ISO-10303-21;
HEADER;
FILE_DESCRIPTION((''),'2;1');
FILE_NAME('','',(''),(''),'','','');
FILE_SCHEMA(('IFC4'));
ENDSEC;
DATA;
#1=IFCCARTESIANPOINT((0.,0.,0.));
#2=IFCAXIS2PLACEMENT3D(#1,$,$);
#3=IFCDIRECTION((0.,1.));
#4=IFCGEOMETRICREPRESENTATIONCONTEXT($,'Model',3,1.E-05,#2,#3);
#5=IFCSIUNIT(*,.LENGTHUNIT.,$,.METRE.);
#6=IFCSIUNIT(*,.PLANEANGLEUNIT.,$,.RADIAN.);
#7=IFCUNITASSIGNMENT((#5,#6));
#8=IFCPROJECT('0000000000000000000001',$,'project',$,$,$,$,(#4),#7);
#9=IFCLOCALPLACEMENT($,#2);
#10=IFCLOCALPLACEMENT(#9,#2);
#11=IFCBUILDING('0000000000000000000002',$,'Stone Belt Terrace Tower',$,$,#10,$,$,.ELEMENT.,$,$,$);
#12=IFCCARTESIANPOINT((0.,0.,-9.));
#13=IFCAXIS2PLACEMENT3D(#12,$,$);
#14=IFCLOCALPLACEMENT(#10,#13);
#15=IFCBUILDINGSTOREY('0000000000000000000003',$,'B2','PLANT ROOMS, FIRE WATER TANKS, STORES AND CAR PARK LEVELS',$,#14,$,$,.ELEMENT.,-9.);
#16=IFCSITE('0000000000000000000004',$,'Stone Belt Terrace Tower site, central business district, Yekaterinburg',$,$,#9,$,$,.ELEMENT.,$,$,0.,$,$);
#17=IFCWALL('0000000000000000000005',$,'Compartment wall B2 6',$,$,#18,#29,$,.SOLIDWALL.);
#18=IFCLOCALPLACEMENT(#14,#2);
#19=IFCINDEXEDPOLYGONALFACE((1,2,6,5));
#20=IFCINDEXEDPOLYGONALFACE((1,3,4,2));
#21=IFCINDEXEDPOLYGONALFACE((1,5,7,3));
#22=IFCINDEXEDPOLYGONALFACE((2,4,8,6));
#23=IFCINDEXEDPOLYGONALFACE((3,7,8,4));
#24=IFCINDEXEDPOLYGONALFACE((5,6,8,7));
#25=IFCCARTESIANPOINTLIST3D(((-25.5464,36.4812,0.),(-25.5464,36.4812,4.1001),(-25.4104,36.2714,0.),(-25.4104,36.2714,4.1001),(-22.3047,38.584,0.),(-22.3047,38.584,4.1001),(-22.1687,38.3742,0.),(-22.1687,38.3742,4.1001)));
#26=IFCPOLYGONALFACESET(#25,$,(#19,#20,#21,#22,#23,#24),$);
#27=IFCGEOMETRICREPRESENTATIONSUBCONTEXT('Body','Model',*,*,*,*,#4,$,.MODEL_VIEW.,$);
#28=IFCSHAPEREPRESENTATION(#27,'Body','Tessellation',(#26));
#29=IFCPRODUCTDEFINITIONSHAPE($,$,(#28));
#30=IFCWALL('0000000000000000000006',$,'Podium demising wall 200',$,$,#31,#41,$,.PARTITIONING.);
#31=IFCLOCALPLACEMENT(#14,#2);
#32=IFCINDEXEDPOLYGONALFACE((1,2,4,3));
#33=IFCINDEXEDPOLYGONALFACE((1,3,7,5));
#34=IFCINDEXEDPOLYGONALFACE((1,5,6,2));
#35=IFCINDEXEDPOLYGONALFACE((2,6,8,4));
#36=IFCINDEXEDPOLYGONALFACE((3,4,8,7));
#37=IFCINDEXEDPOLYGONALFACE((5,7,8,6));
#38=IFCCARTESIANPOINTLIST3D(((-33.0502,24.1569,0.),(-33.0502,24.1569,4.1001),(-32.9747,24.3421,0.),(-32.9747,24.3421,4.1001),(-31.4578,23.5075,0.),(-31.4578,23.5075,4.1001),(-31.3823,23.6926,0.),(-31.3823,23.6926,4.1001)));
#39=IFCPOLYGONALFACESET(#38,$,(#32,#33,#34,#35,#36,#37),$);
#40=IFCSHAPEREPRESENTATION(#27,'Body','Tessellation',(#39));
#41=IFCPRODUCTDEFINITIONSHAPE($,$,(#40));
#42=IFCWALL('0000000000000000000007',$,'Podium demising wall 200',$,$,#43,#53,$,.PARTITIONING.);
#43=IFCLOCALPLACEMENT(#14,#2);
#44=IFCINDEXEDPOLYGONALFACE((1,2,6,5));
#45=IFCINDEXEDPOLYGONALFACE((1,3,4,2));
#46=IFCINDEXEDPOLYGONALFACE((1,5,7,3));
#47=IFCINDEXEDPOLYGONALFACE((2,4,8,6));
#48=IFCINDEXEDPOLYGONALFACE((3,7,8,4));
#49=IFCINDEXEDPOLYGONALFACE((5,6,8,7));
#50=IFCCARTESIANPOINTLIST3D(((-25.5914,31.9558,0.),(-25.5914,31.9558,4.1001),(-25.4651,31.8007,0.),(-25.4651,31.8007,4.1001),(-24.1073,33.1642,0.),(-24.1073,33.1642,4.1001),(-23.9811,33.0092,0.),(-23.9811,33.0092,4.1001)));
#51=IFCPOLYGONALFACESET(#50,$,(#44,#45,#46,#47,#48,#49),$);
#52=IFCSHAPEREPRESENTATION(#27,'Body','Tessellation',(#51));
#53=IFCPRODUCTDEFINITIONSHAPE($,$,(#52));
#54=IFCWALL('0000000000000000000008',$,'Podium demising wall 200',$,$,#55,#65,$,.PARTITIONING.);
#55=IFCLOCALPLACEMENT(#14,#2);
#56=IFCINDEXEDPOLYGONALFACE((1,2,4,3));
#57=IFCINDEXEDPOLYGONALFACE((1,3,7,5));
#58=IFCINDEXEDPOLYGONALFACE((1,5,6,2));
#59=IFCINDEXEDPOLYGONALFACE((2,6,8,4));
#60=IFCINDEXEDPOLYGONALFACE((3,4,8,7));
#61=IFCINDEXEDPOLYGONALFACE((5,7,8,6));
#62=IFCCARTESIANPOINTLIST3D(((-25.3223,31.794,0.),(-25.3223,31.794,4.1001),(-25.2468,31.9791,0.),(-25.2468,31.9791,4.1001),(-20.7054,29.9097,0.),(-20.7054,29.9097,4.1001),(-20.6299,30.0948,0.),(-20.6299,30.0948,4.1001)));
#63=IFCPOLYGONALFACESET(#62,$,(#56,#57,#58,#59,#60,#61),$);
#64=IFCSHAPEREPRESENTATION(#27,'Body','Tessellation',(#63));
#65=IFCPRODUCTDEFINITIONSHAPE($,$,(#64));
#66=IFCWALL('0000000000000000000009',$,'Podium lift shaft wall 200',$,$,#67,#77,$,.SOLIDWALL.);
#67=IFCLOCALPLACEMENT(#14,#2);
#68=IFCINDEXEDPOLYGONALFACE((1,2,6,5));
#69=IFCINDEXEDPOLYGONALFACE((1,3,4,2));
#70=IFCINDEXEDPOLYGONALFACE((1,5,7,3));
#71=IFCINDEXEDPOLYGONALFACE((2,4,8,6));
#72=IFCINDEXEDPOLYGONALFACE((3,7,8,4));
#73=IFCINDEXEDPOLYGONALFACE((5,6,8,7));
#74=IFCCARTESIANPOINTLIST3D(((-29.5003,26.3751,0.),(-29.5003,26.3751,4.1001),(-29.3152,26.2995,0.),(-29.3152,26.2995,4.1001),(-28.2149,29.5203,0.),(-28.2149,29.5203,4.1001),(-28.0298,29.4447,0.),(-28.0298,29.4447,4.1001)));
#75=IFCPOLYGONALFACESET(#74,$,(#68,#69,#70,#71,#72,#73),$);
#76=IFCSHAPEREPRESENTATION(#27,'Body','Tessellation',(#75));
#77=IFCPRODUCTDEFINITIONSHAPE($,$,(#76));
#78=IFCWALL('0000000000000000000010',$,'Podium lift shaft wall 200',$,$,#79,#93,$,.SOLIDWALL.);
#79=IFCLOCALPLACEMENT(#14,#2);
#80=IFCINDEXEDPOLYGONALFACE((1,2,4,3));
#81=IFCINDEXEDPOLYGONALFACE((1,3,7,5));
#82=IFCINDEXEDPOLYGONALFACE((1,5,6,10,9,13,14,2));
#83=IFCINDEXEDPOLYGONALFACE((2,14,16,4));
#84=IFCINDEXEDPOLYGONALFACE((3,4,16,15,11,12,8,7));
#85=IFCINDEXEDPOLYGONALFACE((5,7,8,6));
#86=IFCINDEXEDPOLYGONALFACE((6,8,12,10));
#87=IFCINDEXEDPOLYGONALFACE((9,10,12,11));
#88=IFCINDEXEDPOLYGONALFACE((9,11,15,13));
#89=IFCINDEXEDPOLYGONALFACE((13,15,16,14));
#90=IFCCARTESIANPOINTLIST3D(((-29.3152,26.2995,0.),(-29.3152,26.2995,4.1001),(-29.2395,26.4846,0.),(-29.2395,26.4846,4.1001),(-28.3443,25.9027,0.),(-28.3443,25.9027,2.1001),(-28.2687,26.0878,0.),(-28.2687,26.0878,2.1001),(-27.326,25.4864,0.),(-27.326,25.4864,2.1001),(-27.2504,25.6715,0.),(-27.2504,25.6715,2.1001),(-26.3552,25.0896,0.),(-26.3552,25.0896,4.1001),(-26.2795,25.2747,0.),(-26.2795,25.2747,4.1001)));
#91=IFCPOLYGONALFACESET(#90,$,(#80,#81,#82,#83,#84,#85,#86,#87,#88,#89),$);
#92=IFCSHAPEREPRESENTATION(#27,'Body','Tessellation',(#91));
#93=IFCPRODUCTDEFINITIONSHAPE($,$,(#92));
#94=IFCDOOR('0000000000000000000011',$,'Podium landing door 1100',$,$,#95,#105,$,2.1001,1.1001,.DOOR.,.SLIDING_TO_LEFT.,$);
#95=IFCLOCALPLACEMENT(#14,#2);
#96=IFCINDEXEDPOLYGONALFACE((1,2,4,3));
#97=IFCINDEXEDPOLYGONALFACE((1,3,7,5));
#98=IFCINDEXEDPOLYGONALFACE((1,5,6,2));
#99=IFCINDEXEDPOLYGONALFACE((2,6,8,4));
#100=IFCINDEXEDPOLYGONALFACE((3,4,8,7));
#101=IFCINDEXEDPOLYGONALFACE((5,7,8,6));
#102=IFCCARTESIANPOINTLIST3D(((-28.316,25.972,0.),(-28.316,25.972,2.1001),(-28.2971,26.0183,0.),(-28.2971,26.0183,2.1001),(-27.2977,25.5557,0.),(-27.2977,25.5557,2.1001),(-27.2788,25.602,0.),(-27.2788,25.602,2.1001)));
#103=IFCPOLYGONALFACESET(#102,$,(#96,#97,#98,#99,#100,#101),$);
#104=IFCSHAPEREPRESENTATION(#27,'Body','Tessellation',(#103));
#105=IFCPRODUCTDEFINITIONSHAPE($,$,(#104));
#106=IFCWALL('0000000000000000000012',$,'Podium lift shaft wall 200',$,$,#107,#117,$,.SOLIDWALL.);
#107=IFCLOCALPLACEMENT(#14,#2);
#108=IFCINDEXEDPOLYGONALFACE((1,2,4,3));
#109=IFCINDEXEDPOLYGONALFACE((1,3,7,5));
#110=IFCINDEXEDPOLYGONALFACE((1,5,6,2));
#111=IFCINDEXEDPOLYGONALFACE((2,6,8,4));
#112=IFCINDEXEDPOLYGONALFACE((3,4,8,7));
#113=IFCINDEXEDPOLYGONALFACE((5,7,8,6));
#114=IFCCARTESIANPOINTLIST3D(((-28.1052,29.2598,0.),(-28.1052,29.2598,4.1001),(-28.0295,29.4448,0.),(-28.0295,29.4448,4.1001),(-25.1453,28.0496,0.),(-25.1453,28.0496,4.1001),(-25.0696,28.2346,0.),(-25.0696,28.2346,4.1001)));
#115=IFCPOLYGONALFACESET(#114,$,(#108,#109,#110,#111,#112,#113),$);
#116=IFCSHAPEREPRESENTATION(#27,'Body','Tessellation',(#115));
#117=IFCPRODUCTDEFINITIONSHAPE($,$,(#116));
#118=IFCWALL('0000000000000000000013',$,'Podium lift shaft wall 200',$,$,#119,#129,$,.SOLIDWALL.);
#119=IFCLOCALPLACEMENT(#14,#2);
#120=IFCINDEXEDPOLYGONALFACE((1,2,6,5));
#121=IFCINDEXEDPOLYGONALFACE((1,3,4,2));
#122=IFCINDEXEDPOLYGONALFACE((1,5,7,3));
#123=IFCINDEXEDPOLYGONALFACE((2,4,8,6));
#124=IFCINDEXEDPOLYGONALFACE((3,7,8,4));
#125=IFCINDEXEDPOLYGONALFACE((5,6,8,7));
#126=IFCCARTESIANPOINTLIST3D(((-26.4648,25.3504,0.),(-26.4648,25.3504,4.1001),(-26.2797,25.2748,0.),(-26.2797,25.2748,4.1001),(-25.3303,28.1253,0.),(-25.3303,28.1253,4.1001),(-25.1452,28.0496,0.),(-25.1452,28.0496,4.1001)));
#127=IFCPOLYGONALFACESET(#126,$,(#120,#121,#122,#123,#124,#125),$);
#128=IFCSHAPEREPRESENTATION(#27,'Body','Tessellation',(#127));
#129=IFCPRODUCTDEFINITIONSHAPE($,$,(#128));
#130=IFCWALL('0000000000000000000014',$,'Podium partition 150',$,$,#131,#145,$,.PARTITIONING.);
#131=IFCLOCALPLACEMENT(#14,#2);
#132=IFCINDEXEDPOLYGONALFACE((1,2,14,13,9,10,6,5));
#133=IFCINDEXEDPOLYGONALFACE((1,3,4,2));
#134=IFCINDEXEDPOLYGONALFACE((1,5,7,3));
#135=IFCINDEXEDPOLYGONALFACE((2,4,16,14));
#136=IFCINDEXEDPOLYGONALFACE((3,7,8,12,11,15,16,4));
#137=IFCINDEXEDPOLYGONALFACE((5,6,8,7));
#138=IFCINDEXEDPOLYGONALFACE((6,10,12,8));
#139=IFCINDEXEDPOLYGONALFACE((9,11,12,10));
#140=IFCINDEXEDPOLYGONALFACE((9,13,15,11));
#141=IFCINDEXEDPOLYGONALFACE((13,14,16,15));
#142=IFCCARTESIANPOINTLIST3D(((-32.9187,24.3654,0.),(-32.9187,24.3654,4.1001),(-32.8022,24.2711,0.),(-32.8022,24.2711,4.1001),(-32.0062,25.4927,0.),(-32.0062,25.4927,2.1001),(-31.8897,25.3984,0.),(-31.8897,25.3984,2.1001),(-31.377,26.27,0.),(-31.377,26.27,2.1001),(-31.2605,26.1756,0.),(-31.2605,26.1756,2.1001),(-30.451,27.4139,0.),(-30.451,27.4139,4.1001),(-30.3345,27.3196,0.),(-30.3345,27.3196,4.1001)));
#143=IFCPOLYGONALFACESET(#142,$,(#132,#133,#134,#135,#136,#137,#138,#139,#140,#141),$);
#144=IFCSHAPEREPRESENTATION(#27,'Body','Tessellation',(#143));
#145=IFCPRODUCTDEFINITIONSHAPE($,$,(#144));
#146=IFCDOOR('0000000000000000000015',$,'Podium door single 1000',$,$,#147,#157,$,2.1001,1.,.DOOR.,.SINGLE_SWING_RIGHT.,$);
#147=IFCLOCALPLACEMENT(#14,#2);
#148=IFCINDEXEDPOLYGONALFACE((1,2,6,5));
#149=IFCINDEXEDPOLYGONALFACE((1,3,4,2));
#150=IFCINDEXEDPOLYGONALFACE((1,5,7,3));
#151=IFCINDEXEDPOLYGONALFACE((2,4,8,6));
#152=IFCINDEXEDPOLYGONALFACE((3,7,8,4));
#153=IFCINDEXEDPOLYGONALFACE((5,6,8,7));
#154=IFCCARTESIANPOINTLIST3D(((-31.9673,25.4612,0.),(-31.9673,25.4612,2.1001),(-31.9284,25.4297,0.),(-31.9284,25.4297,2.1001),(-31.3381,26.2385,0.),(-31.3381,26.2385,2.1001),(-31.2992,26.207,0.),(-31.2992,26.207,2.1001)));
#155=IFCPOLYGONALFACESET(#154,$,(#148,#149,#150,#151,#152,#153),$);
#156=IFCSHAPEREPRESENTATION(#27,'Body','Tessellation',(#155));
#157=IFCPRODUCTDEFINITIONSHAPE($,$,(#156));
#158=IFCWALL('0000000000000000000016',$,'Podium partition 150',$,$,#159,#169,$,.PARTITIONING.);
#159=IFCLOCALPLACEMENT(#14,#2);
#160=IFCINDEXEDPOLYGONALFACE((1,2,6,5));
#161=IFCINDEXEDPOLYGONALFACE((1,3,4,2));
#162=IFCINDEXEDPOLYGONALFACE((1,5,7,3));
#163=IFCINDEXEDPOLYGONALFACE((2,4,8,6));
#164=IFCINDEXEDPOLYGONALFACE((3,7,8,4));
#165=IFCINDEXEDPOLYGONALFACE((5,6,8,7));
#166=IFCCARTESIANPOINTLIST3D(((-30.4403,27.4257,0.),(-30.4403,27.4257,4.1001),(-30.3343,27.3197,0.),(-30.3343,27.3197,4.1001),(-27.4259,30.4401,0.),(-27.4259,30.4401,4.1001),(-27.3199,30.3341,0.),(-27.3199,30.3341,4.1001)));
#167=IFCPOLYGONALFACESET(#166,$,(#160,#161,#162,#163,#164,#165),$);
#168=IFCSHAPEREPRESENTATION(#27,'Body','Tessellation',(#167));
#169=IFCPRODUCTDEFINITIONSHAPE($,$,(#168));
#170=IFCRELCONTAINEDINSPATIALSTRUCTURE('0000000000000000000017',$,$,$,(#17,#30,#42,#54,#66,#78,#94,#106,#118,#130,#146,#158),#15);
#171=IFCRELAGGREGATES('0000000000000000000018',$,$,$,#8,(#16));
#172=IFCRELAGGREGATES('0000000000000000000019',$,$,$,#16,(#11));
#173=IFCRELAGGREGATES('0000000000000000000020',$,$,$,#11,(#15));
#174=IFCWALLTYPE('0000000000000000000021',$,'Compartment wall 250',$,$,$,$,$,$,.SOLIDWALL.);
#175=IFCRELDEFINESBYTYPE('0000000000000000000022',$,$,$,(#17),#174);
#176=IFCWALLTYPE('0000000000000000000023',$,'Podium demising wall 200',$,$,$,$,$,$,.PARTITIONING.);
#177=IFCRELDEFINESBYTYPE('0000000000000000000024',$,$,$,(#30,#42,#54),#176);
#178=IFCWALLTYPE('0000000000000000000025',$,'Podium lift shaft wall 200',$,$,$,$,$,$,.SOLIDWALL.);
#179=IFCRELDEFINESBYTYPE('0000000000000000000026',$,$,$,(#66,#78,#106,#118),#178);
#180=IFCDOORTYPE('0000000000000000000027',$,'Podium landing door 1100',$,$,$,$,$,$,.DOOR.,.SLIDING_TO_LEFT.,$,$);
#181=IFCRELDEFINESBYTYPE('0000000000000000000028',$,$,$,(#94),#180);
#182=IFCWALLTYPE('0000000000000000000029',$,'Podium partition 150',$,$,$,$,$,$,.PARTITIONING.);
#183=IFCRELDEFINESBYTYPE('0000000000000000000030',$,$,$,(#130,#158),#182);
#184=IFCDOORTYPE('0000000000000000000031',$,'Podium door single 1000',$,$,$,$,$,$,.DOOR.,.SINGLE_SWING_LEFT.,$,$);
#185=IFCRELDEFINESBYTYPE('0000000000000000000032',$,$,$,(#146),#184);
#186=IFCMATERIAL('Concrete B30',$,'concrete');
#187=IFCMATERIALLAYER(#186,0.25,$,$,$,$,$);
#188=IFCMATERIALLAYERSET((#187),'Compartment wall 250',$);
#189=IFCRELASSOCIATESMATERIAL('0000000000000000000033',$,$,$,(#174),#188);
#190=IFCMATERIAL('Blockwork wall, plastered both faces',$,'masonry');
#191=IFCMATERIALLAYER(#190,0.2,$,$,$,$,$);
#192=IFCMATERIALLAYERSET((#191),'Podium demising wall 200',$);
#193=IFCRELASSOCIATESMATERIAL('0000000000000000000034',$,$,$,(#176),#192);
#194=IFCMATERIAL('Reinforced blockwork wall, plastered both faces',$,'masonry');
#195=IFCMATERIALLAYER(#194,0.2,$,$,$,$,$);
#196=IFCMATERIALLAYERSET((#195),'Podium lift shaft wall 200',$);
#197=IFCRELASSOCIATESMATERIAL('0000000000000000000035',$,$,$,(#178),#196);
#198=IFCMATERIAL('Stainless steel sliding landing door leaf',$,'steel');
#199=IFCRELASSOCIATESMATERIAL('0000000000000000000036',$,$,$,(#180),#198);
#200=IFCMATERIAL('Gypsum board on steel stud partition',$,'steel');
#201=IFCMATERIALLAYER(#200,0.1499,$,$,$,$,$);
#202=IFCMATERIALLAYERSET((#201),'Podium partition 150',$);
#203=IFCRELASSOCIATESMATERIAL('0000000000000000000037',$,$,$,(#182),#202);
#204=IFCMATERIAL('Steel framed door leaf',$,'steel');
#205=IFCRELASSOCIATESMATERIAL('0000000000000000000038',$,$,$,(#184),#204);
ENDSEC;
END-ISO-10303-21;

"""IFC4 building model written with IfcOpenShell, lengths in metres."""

from ifc_helpers import new_model, si_unit, direction, frame, frame_2d, origin, place, context, subcontext, project, spatial, rectangle, extrude, material, layer, layer_set, type_object, element, fill, save


model = new_model("IFC4")

# Units and contexts
model_context = context("Model", 3, precision=1e-05, world=origin(), true_north=direction((0.0, 1.0)))
body_context = subcontext(model_context, "Body", "Model", "MODEL_VIEW")
ifc_project = project(units=[si_unit("LENGTHUNIT", "METRE"), si_unit("PLANEANGLEUNIT", "RADIAN")], contexts=[model_context])

# Site, building, storey
site_placement = place(None, origin())
site = spatial("IfcSite", under=ifc_project, at=site_placement, Name="Stone Belt Terrace Tower site, central business district, Yekaterinburg", CompositionType="ELEMENT", RefElevation=0.0)
building_placement = place(site_placement, origin())
building = spatial("IfcBuilding", under=site, at=building_placement, Name="Stone Belt Terrace Tower", CompositionType="ELEMENT")
storey_placement = place(building_placement, frame((0.0, 0.0, -9.0)))
storey = spatial("IfcBuildingStorey", under=building, at=storey_placement, Name="B2", Description="PLANT ROOMS, FIRE WATER TANKS, STORES AND CAR PARK LEVELS", CompositionType="ELEMENT", Elevation=-9.0)

# Walls
ifc_material_1 = material(Name="Concrete B30", Category="concrete")
ifc_layer_1 = layer(ifc_material_1, 0.25)
ifc_layer_set_1 = layer_set([ifc_layer_1], Name="Compartment wall 250")
wall_type_1 = type_object("IfcWallType", Name="Compartment wall 250", PredefinedType="SOLIDWALL", material=ifc_layer_set_1)
wall_1_placement = place(storey_placement, frame((-25.4785, 36.3762, 0.0), z_axis=(0.0, 0.0, 1.0), x_axis=(0.838954, 0.544202, 0.0)))
element("IfcWall", 1, at=wall_1_placement, inside=storey, type_object=wall_type_1, Name="Compartment wall B2 6", PredefinedType="SOLIDWALL", context=body_context, shape_type="SweptSolid", body=[
    extrude(rectangle(XDim=3.864, YDim=0.25, at=frame_2d((1.9321, 0.0))), origin(), (0.0, 0.0, 1.0), 4.1001),
])
ifc_material_2 = material(Name="Blockwork wall, plastered both faces", Category="masonry")
ifc_layer_2 = layer(ifc_material_2, 0.2)
ifc_layer_set_2 = layer_set([ifc_layer_2], Name="Podium demising wall 200")
wall_type_2 = type_object("IfcWallType", Name="Podium demising wall 200", PredefinedType="PARTITIONING", material=ifc_layer_set_2)
wall_2_placement = place(storey_placement, frame((-33.0125, 24.2495, 0.0), z_axis=(0.0, 0.0, 1.0), x_axis=(0.925949, -0.377649, 0.0)))
element("IfcWall", 2, at=wall_2_placement, inside=storey, type_object=wall_type_2, Name="Podium demising wall 200", PredefinedType="PARTITIONING", context=body_context, shape_type="SweptSolid", body=[
    extrude(rectangle(XDim=1.7197, YDim=0.2, at=frame_2d((0.8599, 0.0))), origin(), (0.0, 0.0, 1.0), 4.1001),
])
wall_3_placement = place(storey_placement, frame((-25.5283, 31.8782, 0.0), z_axis=(0.0, 0.0, 1.0), x_axis=(0.775439, 0.631423, 0.0)))
element("IfcWall", 3, at=wall_3_placement, inside=storey, type_object=wall_type_2, Name="Podium demising wall 200", PredefinedType="PARTITIONING", context=body_context, shape_type="SweptSolid", body=[
    extrude(rectangle(XDim=1.9138, YDim=0.2, at=frame_2d((0.957, 0.0))), origin(), (0.0, 0.0, 1.0), 4.1001),
])
wall_4_placement = place(storey_placement, frame((-25.2844, 31.8865, 0.0), z_axis=(0.0, 0.0, 1.0), x_axis=(0.925861, -0.377864, 0.0)))
element("IfcWall", 4, at=wall_4_placement, inside=storey, type_object=wall_type_2, Name="Podium demising wall 200", PredefinedType="PARTITIONING", context=body_context, shape_type="SweptSolid", body=[
    extrude(rectangle(XDim=4.9866, YDim=0.2, at=frame_2d((2.4932, 0.0))), origin(), (0.0, 0.0, 1.0), 4.1001),
])
ifc_material_3 = material(Name="Reinforced blockwork wall, plastered both faces", Category="masonry")
ifc_layer_3 = layer(ifc_material_3, 0.2)
ifc_layer_set_3 = layer_set([ifc_layer_3], Name="Podium lift shaft wall 200")
wall_type_3 = type_object("IfcWallType", Name="Podium lift shaft wall 200", PredefinedType="SOLIDWALL", material=ifc_layer_set_3)
wall_5_placement = place(storey_placement, frame((-29.4077, 26.3374, 0.0), z_axis=(0.0, 0.0, 1.0), x_axis=(0.378305, 0.925681, 0.0)))
element("IfcWall", 5, at=wall_5_placement, inside=storey, type_object=wall_type_3, Name="Podium lift shaft wall 200", PredefinedType="SOLIDWALL", context=body_context, shape_type="SweptSolid", body=[
    extrude(rectangle(XDim=3.3977, YDim=0.2, at=frame_2d((1.6987, 0.0))), origin(), (0.0, 0.0, 1.0), 4.1001),
])

# Wall, opening, door
wall_6_placement = place(storey_placement, frame((-29.2773, 26.3921, 0.0), z_axis=(0.0, 0.0, 1.0), x_axis=(0.925649, -0.378383, 0.0)))
wall_6 = element("IfcWall", 6, at=wall_6_placement, inside=storey, type_object=wall_type_3, Name="Podium lift shaft wall 200", PredefinedType="SOLIDWALL", context=body_context, shape_type="SweptSolid", body=[
    extrude(rectangle(XDim=3.1978, YDim=0.2, at=frame_2d((1.5989, 0.0))), origin(), (0.0, 0.0, 1.0), 4.1001),
])
opening_1_placement = place(wall_6_placement, frame((1.0488, 0.0, 0.0)))
opening_1 = element("IfcOpeningElement", 7, at=opening_1_placement, cuts=wall_6, PredefinedType="OPENING", context=body_context, shape_type="SweptSolid", body=[
    extrude(rectangle(XDim=1.1001, YDim=2.1001, at=frame_2d((0.55, 1.05))), frame((0.0, 0.1099, 0.0), z_axis=(0.0, -1.0, 0.0), x_axis=(1.0, 0.0, 0.0)), (0.0, 0.0, 1.0), 0.22),
])
ifc_material_4 = material(Name="Stainless steel sliding landing door leaf", Category="steel")
door_type_1 = type_object("IfcDoorType", Name="Podium landing door 1100", OperationType="SLIDING_TO_LEFT", PredefinedType="DOOR", material=ifc_material_4)
door_1_placement = place(opening_1_placement, origin())
door_1 = element("IfcDoor", 8, at=door_1_placement, inside=storey, type_object=door_type_1, Name="Podium landing door 1100", OperationType="SLIDING_TO_LEFT", OverallHeight=2.1001, OverallWidth=1.1001, PredefinedType="DOOR", context=body_context, shape_type="SweptSolid", body=[
    extrude(rectangle(XDim=1.1001, YDim=2.1001, at=frame_2d((0.55, 1.05))), frame((0.0, 0.0249, 0.0), z_axis=(0.0, -1.0, 0.0), x_axis=(1.0, 0.0, 0.0)), (0.0, 0.0, 1.0), 0.05),
])
fill(opening_1, door_1)

# Walls
wall_7_placement = place(storey_placement, frame((-28.0674, 29.3523, 0.0), z_axis=(0.0, 0.0, 1.0), x_axis=(0.925622, -0.378449, 0.0)))
element("IfcWall", 9, at=wall_7_placement, inside=storey, type_object=wall_type_3, Name="Podium lift shaft wall 200", PredefinedType="SOLIDWALL", context=body_context, shape_type="SweptSolid", body=[
    extrude(rectangle(XDim=3.1978, YDim=0.2, at=frame_2d((1.5989, 0.0))), origin(), (0.0, 0.0, 1.0), 4.1001),
])
wall_8_placement = place(storey_placement, frame((-26.3723, 25.3125, 0.0), z_axis=(0.0, 0.0, 1.0), x_axis=(0.378443, 0.925625, 0.0)))
element("IfcWall", 10, at=wall_8_placement, inside=storey, type_object=wall_type_3, Name="Podium lift shaft wall 200", PredefinedType="SOLIDWALL", context=body_context, shape_type="SweptSolid", body=[
    extrude(rectangle(XDim=2.9978, YDim=0.2, at=frame_2d((1.499, 0.0))), origin(), (0.0, 0.0, 1.0), 4.1001),
])

# Wall, opening, door
ifc_material_5 = material(Name="Gypsum board on steel stud partition", Category="steel")
ifc_layer_4 = layer(ifc_material_5, 0.1499)
ifc_layer_set_4 = layer_set([ifc_layer_4], Name="Podium partition 150")
wall_type_4 = type_object("IfcWallType", Name="Podium partition 150", PredefinedType="PARTITIONING", material=ifc_layer_set_4)
wall_9_placement = place(storey_placement, frame((-32.8604, 24.3184, 0.0), z_axis=(0.0, 0.0, 1.0), x_axis=(0.629179, 0.777261, 0.0)))
wall_9 = element("IfcWall", 11, at=wall_9_placement, inside=storey, type_object=wall_type_4, Name="Podium partition 150", PredefinedType="PARTITIONING", context=body_context, shape_type="SweptSolid", body=[
    extrude(rectangle(XDim=3.9221, YDim=0.1499, at=frame_2d((1.9609, 0.0))), origin(), (0.0, 0.0, 1.0), 4.1001),
])
opening_2_placement = place(wall_9_placement, frame((1.4502, 0.0, 0.0)))
opening_2 = element("IfcOpeningElement", 12, at=opening_2_placement, cuts=wall_9, PredefinedType="OPENING", context=body_context, shape_type="SweptSolid", body=[
    extrude(rectangle(XDim=1.0, YDim=2.1001, at=frame_2d((0.5, 1.05))), frame((0.0, 0.085, 0.0), z_axis=(0.0, -1.0, 0.0), x_axis=(1.0, 0.0, 0.0)), (0.0, 0.0, 1.0), 0.1699),
])
ifc_material_6 = material(Name="Steel framed door leaf", Category="steel")
door_type_2 = type_object("IfcDoorType", Name="Podium door single 1000", OperationType="SINGLE_SWING_LEFT", PredefinedType="DOOR", material=ifc_material_6)
door_2_placement = place(opening_2_placement, origin())
door_2 = element("IfcDoor", 13, at=door_2_placement, inside=storey, type_object=door_type_2, Name="Podium door single 1000", OperationType="SINGLE_SWING_RIGHT", OverallHeight=2.1001, OverallWidth=1.0, PredefinedType="DOOR", context=body_context, shape_type="SweptSolid", body=[
    extrude(rectangle(XDim=1.0, YDim=2.1001, at=frame_2d((0.5, 1.05))), frame((0.0, 0.0249, 0.0), z_axis=(0.0, -1.0, 0.0), x_axis=(1.0, 0.0, 0.0)), (0.0, 0.0, 1.0), 0.05),
])
fill(opening_2, door_2)

# Wall
wall_10_placement = place(storey_placement, frame((-30.3872, 27.3728, 0.0), z_axis=(0.0, 0.0, 1.0), x_axis=(0.707107, 0.707107, 0.0)))
element("IfcWall", 14, at=wall_10_placement, inside=storey, type_object=wall_type_4, Name="Podium partition 150", PredefinedType="PARTITIONING", context=body_context, shape_type="SweptSolid", body=[
    extrude(rectangle(XDim=4.2629, YDim=0.1499, at=frame_2d((2.1313, 0.0))), origin(), (0.0, 0.0, 1.0), 4.1001),
])

save(model, "model.ifc")
